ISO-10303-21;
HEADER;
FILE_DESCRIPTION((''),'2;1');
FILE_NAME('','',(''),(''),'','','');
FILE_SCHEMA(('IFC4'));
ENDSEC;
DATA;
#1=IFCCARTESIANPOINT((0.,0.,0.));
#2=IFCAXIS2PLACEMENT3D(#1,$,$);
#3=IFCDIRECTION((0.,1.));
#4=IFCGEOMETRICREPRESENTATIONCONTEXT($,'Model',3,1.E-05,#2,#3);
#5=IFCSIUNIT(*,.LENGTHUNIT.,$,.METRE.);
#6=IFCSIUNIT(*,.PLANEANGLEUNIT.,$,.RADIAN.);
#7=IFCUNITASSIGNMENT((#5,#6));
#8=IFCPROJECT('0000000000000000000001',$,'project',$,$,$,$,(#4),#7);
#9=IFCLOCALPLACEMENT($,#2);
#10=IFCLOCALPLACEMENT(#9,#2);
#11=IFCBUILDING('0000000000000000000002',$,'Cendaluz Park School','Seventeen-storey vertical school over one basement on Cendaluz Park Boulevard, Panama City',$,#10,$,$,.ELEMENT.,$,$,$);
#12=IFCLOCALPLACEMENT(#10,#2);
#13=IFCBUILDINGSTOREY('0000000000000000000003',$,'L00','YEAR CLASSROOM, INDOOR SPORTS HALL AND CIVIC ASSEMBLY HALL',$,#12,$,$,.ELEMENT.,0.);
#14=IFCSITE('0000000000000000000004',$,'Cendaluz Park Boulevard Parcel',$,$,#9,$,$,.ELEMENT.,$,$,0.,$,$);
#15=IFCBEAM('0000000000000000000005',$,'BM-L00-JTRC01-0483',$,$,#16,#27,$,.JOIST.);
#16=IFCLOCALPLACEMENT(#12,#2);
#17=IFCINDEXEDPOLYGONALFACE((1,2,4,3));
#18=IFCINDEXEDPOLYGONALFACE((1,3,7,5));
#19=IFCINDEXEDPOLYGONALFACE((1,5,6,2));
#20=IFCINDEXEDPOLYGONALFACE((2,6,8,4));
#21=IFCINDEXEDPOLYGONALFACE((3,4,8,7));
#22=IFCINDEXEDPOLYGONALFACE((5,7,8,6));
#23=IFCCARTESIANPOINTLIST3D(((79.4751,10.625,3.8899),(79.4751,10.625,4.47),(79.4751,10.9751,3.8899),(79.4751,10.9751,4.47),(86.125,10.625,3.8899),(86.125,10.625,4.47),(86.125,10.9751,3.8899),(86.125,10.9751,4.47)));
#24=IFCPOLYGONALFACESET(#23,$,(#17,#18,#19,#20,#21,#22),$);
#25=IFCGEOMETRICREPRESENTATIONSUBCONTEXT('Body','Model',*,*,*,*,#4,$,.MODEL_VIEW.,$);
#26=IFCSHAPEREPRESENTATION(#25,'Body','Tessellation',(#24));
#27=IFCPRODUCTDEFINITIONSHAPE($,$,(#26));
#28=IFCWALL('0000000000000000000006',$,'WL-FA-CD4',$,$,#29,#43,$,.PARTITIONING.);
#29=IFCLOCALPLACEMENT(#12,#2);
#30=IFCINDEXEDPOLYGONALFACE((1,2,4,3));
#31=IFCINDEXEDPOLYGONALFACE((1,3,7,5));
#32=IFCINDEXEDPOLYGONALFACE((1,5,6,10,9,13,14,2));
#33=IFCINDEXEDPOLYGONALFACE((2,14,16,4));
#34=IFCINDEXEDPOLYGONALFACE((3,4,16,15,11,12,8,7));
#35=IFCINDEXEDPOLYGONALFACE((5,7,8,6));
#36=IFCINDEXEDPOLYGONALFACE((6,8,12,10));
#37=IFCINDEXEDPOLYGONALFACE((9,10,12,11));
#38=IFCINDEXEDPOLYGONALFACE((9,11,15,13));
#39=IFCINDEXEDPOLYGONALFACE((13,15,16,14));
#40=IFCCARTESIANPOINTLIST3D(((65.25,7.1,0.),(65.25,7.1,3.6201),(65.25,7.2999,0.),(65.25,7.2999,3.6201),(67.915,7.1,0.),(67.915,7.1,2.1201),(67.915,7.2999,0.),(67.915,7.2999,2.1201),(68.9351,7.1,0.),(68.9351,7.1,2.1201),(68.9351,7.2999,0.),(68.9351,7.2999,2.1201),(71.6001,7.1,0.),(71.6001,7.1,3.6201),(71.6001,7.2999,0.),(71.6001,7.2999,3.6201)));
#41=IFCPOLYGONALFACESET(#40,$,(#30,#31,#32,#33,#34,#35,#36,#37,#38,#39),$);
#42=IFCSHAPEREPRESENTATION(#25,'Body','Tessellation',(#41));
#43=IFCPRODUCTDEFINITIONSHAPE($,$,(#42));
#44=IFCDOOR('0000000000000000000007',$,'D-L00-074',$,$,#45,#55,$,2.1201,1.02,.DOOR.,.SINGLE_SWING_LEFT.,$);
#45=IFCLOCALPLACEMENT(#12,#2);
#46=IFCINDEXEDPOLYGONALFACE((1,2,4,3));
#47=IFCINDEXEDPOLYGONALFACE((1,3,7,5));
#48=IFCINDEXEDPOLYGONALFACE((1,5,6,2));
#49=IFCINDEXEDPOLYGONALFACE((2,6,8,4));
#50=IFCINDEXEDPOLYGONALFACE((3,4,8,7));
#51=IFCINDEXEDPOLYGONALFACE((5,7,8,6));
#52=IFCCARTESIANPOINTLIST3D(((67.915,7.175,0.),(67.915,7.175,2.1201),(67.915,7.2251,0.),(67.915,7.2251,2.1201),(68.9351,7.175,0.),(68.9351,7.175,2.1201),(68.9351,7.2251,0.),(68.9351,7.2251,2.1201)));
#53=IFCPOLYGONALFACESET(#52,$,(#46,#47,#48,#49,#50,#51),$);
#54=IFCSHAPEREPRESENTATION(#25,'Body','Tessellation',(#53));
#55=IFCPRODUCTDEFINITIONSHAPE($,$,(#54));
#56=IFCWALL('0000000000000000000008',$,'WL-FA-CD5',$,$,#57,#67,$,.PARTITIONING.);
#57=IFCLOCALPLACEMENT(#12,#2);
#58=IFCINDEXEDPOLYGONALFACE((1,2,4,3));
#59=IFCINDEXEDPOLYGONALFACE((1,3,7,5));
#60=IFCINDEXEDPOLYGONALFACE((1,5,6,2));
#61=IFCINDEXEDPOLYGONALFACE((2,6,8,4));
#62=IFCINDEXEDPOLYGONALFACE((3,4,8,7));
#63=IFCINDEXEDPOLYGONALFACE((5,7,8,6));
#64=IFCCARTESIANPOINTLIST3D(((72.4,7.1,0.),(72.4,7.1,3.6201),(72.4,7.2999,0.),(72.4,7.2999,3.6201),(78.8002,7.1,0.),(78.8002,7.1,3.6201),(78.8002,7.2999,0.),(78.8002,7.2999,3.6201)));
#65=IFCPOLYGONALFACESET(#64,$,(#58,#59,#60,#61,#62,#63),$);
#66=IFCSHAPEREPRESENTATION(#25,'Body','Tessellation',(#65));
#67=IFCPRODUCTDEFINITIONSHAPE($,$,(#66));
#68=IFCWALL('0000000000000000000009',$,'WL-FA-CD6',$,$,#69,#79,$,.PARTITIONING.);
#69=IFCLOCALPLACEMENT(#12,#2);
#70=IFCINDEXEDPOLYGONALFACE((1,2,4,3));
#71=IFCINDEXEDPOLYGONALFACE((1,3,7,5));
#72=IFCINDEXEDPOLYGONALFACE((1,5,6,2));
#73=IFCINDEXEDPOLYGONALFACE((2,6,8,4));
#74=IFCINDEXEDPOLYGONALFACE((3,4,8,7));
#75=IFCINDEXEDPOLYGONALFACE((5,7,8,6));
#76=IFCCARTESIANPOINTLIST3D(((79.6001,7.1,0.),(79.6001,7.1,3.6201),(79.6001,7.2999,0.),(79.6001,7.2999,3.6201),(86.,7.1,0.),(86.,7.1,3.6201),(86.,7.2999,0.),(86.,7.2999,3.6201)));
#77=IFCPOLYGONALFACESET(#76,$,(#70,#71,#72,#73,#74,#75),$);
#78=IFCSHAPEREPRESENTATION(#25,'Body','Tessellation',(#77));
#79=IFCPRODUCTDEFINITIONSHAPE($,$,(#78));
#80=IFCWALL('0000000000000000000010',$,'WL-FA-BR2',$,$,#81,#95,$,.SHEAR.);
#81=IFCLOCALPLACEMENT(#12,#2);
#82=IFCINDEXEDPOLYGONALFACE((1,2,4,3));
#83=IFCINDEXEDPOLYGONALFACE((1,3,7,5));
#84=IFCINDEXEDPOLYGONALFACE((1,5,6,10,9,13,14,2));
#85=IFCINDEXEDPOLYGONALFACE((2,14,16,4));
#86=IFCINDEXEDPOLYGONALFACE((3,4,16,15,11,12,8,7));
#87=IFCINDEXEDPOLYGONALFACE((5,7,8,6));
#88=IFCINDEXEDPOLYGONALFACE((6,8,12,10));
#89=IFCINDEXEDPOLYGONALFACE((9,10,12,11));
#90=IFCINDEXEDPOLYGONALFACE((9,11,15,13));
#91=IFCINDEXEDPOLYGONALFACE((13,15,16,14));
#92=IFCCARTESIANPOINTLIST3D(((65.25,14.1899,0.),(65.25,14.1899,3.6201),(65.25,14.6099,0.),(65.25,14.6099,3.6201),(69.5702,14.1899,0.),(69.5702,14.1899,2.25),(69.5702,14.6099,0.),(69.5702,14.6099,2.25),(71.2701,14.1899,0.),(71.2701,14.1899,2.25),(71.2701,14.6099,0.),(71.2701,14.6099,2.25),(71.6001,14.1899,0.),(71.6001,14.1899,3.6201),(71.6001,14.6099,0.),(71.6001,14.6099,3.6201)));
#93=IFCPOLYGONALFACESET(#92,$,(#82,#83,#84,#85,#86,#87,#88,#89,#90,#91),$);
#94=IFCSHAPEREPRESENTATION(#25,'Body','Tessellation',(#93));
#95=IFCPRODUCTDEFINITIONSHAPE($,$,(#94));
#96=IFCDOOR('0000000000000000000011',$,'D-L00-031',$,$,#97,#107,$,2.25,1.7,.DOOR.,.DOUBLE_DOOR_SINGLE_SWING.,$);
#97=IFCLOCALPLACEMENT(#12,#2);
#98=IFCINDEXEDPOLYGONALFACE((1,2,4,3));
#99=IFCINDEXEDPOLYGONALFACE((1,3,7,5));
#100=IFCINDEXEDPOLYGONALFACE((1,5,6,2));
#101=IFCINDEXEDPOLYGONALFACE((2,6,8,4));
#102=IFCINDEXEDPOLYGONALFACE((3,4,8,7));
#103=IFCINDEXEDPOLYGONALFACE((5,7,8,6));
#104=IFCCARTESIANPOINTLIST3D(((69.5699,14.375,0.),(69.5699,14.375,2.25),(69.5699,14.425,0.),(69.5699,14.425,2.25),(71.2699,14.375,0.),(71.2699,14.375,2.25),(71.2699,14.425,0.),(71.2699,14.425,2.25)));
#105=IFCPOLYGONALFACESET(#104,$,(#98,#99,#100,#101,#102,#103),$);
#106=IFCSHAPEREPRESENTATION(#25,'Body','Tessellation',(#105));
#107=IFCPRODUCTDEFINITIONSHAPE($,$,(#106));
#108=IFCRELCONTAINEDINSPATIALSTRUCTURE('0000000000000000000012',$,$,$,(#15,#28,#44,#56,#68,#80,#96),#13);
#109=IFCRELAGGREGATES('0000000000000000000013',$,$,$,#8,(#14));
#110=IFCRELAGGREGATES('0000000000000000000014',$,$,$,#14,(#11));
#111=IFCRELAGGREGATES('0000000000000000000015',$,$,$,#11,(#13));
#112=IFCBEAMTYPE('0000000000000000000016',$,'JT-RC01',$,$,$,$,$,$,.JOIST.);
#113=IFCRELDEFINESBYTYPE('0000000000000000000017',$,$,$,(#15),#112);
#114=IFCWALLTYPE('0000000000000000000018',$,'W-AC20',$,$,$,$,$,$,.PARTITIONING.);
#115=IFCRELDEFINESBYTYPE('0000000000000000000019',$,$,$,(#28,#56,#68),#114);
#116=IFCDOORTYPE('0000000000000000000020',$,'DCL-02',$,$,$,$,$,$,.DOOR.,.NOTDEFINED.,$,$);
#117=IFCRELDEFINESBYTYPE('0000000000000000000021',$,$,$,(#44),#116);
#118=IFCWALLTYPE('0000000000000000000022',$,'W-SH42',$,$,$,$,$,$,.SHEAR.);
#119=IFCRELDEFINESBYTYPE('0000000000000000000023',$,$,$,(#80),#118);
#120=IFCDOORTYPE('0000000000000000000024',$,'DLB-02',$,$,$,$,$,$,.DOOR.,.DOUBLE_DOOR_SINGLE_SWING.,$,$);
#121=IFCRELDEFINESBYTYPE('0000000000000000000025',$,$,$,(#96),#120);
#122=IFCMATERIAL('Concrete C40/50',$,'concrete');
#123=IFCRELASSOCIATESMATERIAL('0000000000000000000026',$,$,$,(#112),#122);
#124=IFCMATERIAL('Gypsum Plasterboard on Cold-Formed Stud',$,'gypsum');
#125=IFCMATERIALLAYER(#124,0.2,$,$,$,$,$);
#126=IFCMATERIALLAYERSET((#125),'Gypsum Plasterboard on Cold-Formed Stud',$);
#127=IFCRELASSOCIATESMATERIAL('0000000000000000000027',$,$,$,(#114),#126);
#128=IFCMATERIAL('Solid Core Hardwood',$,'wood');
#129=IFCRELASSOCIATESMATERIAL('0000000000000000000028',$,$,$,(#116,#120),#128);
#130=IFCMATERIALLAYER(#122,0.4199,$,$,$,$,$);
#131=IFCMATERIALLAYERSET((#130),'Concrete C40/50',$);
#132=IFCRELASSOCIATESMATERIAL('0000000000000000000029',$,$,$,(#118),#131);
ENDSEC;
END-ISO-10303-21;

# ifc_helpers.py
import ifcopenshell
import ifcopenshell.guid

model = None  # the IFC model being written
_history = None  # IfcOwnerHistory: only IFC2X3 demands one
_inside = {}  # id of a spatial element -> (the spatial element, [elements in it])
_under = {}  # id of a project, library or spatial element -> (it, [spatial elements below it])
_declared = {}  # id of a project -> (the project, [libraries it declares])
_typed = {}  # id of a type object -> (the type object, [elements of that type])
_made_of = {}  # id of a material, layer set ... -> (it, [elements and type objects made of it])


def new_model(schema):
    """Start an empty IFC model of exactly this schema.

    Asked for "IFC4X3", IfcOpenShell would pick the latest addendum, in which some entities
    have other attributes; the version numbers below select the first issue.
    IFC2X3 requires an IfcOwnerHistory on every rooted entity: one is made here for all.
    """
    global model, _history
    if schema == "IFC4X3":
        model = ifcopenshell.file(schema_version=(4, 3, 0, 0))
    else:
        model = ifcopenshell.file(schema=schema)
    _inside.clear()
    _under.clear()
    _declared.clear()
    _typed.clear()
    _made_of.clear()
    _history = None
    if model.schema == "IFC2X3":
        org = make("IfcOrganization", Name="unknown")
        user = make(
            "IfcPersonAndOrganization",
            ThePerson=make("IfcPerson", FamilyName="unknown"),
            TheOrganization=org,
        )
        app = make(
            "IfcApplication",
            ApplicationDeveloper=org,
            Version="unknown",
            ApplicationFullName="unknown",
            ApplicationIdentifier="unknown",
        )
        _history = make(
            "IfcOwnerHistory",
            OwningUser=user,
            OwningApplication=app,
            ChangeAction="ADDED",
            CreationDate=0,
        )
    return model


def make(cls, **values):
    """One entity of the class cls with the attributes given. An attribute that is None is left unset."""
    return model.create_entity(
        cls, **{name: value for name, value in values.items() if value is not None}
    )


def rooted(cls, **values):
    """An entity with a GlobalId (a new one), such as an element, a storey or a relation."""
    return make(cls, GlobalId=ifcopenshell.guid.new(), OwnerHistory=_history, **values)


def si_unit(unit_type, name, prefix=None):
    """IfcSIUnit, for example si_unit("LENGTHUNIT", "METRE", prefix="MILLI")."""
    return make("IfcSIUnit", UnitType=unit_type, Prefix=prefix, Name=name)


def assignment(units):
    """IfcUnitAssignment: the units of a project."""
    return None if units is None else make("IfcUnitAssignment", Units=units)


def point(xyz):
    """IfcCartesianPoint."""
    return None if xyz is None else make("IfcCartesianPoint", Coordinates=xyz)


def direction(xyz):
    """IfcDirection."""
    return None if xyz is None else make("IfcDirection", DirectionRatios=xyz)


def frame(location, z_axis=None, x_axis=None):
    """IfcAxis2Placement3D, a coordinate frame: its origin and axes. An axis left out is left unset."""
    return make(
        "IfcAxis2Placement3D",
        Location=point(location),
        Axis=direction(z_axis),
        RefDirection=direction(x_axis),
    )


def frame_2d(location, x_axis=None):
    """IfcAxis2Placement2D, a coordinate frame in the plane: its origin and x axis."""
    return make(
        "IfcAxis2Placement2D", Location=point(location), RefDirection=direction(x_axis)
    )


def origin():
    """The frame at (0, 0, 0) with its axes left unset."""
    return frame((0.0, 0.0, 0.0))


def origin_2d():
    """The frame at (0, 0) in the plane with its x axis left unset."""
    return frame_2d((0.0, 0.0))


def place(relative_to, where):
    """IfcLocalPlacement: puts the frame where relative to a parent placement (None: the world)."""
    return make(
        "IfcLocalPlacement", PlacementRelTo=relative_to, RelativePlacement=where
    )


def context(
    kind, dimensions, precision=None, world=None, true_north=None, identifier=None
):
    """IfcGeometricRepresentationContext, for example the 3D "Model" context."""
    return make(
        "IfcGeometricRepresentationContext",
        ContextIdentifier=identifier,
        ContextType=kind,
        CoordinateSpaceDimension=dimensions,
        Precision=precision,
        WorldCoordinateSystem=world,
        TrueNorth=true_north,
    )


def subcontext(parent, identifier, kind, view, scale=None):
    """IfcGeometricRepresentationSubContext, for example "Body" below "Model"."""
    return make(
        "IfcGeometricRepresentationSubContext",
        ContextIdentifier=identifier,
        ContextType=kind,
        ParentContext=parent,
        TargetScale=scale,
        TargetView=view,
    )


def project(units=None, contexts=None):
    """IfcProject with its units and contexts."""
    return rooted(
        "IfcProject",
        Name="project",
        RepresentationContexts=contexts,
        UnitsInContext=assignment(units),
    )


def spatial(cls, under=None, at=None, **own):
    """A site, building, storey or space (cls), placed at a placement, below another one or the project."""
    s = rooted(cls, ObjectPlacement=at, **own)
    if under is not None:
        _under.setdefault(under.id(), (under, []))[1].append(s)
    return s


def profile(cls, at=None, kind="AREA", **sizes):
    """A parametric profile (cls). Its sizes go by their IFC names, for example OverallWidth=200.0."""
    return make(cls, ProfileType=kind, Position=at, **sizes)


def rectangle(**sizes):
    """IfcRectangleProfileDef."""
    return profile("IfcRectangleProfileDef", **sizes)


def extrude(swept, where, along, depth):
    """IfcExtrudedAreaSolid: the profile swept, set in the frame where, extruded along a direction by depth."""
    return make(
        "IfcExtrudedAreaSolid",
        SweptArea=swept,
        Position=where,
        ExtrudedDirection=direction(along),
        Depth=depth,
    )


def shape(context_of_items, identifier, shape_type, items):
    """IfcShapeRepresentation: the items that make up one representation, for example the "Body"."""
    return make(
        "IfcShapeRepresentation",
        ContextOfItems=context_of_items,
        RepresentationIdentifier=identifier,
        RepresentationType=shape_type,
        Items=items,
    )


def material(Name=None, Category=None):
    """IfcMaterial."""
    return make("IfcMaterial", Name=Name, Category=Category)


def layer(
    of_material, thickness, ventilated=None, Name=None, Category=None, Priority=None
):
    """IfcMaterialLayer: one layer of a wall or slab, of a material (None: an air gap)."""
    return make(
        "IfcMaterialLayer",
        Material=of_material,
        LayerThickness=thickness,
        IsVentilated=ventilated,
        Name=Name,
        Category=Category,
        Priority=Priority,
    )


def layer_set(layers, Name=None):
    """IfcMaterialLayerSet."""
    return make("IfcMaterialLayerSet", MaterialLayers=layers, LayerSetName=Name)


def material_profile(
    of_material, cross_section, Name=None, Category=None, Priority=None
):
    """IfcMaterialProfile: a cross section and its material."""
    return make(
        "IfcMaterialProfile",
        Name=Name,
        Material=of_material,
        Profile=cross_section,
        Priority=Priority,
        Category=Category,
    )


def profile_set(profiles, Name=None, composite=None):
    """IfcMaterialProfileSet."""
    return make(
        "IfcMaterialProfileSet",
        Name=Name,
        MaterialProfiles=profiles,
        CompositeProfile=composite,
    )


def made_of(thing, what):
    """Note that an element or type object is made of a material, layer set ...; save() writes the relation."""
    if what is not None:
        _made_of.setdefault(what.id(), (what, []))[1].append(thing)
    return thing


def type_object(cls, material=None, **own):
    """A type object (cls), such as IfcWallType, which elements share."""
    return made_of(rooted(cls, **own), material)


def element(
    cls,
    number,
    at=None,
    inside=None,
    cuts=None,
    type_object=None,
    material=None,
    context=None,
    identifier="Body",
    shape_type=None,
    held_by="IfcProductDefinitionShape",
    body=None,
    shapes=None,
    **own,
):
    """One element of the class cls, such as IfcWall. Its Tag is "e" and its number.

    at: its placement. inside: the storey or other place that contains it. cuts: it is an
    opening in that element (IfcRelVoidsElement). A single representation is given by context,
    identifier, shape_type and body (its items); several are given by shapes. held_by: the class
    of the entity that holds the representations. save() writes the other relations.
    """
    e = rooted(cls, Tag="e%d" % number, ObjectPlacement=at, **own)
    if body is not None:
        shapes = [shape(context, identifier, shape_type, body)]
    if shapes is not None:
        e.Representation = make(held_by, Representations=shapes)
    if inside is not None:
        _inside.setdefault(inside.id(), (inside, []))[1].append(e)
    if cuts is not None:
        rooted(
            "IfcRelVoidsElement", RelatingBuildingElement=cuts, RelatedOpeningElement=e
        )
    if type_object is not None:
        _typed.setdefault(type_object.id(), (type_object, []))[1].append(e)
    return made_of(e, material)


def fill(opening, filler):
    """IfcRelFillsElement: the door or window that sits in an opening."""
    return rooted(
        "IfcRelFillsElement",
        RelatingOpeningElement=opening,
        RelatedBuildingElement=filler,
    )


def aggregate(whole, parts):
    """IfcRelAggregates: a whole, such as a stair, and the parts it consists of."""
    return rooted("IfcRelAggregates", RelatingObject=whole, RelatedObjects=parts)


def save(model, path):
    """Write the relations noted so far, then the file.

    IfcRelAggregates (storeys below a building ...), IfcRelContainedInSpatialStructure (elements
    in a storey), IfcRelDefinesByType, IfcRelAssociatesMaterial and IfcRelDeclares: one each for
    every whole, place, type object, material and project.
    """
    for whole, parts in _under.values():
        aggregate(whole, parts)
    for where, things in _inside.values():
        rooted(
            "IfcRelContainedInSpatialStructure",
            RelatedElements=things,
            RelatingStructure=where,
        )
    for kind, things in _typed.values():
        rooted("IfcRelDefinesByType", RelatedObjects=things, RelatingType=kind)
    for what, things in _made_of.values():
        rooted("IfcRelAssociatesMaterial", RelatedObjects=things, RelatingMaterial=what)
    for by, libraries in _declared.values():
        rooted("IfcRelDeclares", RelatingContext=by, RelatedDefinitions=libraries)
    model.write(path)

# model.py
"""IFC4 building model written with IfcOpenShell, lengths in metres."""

from ifc_helpers import new_model, si_unit, direction, frame, frame_2d, origin, origin_2d, place, context, subcontext, project, spatial, rectangle, extrude, material, layer, layer_set, material_profile, profile_set, type_object, element, fill, save


model = new_model("IFC4")

# Units and contexts
model_context = context("Model", 3, precision=1e-05, world=origin(), true_north=direction((0.0, 1.0)))
body_context = subcontext(model_context, "Body", "Model", "MODEL_VIEW")
ifc_project = project(units=[si_unit("LENGTHUNIT", "METRE"), si_unit("PLANEANGLEUNIT", "RADIAN")], contexts=[model_context])

# Site, building, storey
site_placement = place(None, origin())
site = spatial("IfcSite", under=ifc_project, at=site_placement, Name="Cendaluz Park Boulevard Parcel", CompositionType="ELEMENT", RefElevation=0.0)
building_placement = place(site_placement, origin())
building = spatial("IfcBuilding", under=site, at=building_placement, Name="Cendaluz Park School", Description="Seventeen-storey vertical school over one basement on Cendaluz Park Boulevard, Panama City", CompositionType="ELEMENT")
storey_placement = place(building_placement, origin())
storey = spatial("IfcBuildingStorey", under=building, at=storey_placement, Name="L00", Description="YEAR CLASSROOM, INDOOR SPORTS HALL AND CIVIC ASSEMBLY HALL", CompositionType="ELEMENT", Elevation=0.0)

# Shared definitions
ifc_material_1 = material(Name="Concrete C40/50", Category="concrete")

# Beam
ifc_material_profile_1 = material_profile(ifc_material_1, rectangle(XDim=0.3501, YDim=0.5801, at=origin_2d()), Name="RC 350x580", Category="concrete")
ifc_profile_set_1 = profile_set([ifc_material_profile_1], Name="Concrete C40/50")
beam_type_1 = type_object("IfcBeamType", Name="JT-RC01", PredefinedType="JOIST", material=ifc_profile_set_1)
beam_1_placement = place(storey_placement, frame((79.4751, 10.8, 4.1799), z_axis=(1.0, 0.0, 0.0), x_axis=(0.0, 1.0, 0.0)))
element("IfcBeam", 1, at=beam_1_placement, inside=storey, type_object=beam_type_1, Name="BM-L00-JTRC01-0483", PredefinedType="JOIST", context=body_context, shape_type="SweptSolid", body=[
    extrude(rectangle(XDim=0.3501, YDim=0.5801, at=origin_2d()), origin(), (0.0, 0.0, 1.0), 6.6499),
])

# Wall, opening, door
ifc_material_2 = material(Name="Gypsum Plasterboard on Cold-Formed Stud", Category="gypsum")
ifc_layer_1 = layer(ifc_material_2, 0.2)
ifc_layer_set_1 = layer_set([ifc_layer_1], Name="Gypsum Plasterboard on Cold-Formed Stud")
wall_type_1 = type_object("IfcWallType", Name="W-AC20", PredefinedType="PARTITIONING", material=ifc_layer_set_1)
wall_1_placement = place(storey_placement, frame((65.25, 7.2, 0.0), z_axis=(0.0, 0.0, 1.0), x_axis=(1.0, 0.0, 0.0)))
wall_1 = element("IfcWall", 2, at=wall_1_placement, inside=storey, type_object=wall_type_1, Name="WL-FA-CD4", PredefinedType="PARTITIONING", context=body_context, shape_type="SweptSolid", body=[
    extrude(rectangle(XDim=6.3501, YDim=0.2, at=frame_2d((3.175, 0.0))), origin(), (0.0, 0.0, 1.0), 3.6201),
])
opening_1_placement = place(wall_1_placement, frame((2.665, 0.0, 0.0)))
opening_1 = element("IfcOpeningElement", 3, at=opening_1_placement, cuts=wall_1, PredefinedType="OPENING", context=body_context, shape_type="SweptSolid", body=[
    extrude(rectangle(XDim=1.02, YDim=2.1201, at=frame_2d((0.51, 1.0601))), frame((0.0, 0.1121, 0.0), z_axis=(0.0, -1.0, 0.0), x_axis=(1.0, 0.0, 0.0)), (0.0, 0.0, 1.0), 0.2239),
])
ifc_material_3 = material(Name="Solid Core Hardwood", Category="wood")
door_type_1 = type_object("IfcDoorType", Name="DCL-02", OperationType="NOTDEFINED", PredefinedType="DOOR", material=ifc_material_3)
door_1_placement = place(opening_1_placement, frame((1.02, 0.0, 0.0), z_axis=(0.0, 0.0, 1.0), x_axis=(-1.0, 0.0, 0.0)))
door_1 = element("IfcDoor", 4, at=door_1_placement, inside=storey, type_object=door_type_1, Name="D-L00-074", OperationType="SINGLE_SWING_LEFT", OverallHeight=2.1201, OverallWidth=1.02, PredefinedType="DOOR", context=body_context, shape_type="SweptSolid", body=[
    extrude(rectangle(XDim=1.02, YDim=2.1201, at=frame_2d((0.51, 1.0601))), frame((0.0, 0.0249, 0.0), z_axis=(0.0, -1.0, 0.0), x_axis=(1.0, 0.0, 0.0)), (0.0, 0.0, 1.0), 0.05),
])
fill(opening_1, door_1)

# Walls
wall_2_placement = place(storey_placement, frame((72.3999, 7.2, 0.0), z_axis=(0.0, 0.0, 1.0), x_axis=(1.0, 0.0, 0.0)))
element("IfcWall", 5, at=wall_2_placement, inside=storey, type_object=wall_type_1, Name="WL-FA-CD5", PredefinedType="PARTITIONING", context=body_context, shape_type="SweptSolid", body=[
    extrude(rectangle(XDim=6.4001, YDim=0.2, at=frame_2d((3.2002, 0.0))), origin(), (0.0, 0.0, 1.0), 3.6201),
])
wall_3_placement = place(storey_placement, frame((79.6001, 7.2, 0.0), z_axis=(0.0, 0.0, 1.0), x_axis=(1.0, 0.0, 0.0)))
element("IfcWall", 6, at=wall_3_placement, inside=storey, type_object=wall_type_1, Name="WL-FA-CD6", PredefinedType="PARTITIONING", context=body_context, shape_type="SweptSolid", body=[
    extrude(rectangle(XDim=6.3999, YDim=0.2, at=frame_2d((3.2, 0.0))), origin(), (0.0, 0.0, 1.0), 3.6201),
])

# Wall, opening, door
ifc_layer_2 = layer(ifc_material_1, 0.4199)
ifc_layer_set_2 = layer_set([ifc_layer_2], Name="Concrete C40/50")
wall_type_2 = type_object("IfcWallType", Name="W-SH42", PredefinedType="SHEAR", material=ifc_layer_set_2)
wall_4_placement = place(storey_placement, frame((65.25, 14.3999, 0.0), z_axis=(0.0, 0.0, 1.0), x_axis=(1.0, 0.0, 0.0)))
wall_4 = element("IfcWall", 7, at=wall_4_placement, inside=storey, type_object=wall_type_2, Name="WL-FA-BR2", PredefinedType="SHEAR", context=body_context, shape_type="SweptSolid", body=[
    extrude(rectangle(XDim=6.3501, YDim=0.4199, at=frame_2d((3.175, 0.0))), origin(), (0.0, 0.0, 1.0), 3.6201),
])
opening_2_placement = place(wall_4_placement, frame((4.3201, 0.0, 0.0)))
opening_2 = element("IfcOpeningElement", 8, at=opening_2_placement, cuts=wall_4, PredefinedType="OPENING", context=body_context, shape_type="SweptSolid", body=[
    extrude(rectangle(XDim=1.7, YDim=2.25, at=frame_2d((0.8501, 1.125))), frame((0.0, 0.2219, 0.0), z_axis=(0.0, -1.0, 0.0), x_axis=(1.0, 0.0, 0.0)), (0.0, 0.0, 1.0), 0.4438),
])
door_type_2 = type_object("IfcDoorType", Name="DLB-02", OperationType="DOUBLE_DOOR_SINGLE_SWING", PredefinedType="DOOR", material=ifc_material_3)
door_2_placement = place(opening_2_placement, frame((1.7, 0.0, 0.0), z_axis=(0.0, 0.0, 1.0), x_axis=(-1.0, 0.0, 0.0)))
door_2 = element("IfcDoor", 9, at=door_2_placement, inside=storey, type_object=door_type_2, Name="D-L00-031", OperationType="DOUBLE_DOOR_SINGLE_SWING", OverallHeight=2.25, OverallWidth=1.7, PredefinedType="DOOR", context=body_context, shape_type="SweptSolid", body=[
    extrude(rectangle(XDim=1.7, YDim=2.25, at=frame_2d((0.8501, 1.125))), frame((0.0, 0.0249, 0.0), z_axis=(0.0, -1.0, 0.0), x_axis=(1.0, 0.0, 0.0)), (0.0, 0.0, 1.0), 0.05),
])
fill(opening_2, door_2)

save(model, "model.ifc")
